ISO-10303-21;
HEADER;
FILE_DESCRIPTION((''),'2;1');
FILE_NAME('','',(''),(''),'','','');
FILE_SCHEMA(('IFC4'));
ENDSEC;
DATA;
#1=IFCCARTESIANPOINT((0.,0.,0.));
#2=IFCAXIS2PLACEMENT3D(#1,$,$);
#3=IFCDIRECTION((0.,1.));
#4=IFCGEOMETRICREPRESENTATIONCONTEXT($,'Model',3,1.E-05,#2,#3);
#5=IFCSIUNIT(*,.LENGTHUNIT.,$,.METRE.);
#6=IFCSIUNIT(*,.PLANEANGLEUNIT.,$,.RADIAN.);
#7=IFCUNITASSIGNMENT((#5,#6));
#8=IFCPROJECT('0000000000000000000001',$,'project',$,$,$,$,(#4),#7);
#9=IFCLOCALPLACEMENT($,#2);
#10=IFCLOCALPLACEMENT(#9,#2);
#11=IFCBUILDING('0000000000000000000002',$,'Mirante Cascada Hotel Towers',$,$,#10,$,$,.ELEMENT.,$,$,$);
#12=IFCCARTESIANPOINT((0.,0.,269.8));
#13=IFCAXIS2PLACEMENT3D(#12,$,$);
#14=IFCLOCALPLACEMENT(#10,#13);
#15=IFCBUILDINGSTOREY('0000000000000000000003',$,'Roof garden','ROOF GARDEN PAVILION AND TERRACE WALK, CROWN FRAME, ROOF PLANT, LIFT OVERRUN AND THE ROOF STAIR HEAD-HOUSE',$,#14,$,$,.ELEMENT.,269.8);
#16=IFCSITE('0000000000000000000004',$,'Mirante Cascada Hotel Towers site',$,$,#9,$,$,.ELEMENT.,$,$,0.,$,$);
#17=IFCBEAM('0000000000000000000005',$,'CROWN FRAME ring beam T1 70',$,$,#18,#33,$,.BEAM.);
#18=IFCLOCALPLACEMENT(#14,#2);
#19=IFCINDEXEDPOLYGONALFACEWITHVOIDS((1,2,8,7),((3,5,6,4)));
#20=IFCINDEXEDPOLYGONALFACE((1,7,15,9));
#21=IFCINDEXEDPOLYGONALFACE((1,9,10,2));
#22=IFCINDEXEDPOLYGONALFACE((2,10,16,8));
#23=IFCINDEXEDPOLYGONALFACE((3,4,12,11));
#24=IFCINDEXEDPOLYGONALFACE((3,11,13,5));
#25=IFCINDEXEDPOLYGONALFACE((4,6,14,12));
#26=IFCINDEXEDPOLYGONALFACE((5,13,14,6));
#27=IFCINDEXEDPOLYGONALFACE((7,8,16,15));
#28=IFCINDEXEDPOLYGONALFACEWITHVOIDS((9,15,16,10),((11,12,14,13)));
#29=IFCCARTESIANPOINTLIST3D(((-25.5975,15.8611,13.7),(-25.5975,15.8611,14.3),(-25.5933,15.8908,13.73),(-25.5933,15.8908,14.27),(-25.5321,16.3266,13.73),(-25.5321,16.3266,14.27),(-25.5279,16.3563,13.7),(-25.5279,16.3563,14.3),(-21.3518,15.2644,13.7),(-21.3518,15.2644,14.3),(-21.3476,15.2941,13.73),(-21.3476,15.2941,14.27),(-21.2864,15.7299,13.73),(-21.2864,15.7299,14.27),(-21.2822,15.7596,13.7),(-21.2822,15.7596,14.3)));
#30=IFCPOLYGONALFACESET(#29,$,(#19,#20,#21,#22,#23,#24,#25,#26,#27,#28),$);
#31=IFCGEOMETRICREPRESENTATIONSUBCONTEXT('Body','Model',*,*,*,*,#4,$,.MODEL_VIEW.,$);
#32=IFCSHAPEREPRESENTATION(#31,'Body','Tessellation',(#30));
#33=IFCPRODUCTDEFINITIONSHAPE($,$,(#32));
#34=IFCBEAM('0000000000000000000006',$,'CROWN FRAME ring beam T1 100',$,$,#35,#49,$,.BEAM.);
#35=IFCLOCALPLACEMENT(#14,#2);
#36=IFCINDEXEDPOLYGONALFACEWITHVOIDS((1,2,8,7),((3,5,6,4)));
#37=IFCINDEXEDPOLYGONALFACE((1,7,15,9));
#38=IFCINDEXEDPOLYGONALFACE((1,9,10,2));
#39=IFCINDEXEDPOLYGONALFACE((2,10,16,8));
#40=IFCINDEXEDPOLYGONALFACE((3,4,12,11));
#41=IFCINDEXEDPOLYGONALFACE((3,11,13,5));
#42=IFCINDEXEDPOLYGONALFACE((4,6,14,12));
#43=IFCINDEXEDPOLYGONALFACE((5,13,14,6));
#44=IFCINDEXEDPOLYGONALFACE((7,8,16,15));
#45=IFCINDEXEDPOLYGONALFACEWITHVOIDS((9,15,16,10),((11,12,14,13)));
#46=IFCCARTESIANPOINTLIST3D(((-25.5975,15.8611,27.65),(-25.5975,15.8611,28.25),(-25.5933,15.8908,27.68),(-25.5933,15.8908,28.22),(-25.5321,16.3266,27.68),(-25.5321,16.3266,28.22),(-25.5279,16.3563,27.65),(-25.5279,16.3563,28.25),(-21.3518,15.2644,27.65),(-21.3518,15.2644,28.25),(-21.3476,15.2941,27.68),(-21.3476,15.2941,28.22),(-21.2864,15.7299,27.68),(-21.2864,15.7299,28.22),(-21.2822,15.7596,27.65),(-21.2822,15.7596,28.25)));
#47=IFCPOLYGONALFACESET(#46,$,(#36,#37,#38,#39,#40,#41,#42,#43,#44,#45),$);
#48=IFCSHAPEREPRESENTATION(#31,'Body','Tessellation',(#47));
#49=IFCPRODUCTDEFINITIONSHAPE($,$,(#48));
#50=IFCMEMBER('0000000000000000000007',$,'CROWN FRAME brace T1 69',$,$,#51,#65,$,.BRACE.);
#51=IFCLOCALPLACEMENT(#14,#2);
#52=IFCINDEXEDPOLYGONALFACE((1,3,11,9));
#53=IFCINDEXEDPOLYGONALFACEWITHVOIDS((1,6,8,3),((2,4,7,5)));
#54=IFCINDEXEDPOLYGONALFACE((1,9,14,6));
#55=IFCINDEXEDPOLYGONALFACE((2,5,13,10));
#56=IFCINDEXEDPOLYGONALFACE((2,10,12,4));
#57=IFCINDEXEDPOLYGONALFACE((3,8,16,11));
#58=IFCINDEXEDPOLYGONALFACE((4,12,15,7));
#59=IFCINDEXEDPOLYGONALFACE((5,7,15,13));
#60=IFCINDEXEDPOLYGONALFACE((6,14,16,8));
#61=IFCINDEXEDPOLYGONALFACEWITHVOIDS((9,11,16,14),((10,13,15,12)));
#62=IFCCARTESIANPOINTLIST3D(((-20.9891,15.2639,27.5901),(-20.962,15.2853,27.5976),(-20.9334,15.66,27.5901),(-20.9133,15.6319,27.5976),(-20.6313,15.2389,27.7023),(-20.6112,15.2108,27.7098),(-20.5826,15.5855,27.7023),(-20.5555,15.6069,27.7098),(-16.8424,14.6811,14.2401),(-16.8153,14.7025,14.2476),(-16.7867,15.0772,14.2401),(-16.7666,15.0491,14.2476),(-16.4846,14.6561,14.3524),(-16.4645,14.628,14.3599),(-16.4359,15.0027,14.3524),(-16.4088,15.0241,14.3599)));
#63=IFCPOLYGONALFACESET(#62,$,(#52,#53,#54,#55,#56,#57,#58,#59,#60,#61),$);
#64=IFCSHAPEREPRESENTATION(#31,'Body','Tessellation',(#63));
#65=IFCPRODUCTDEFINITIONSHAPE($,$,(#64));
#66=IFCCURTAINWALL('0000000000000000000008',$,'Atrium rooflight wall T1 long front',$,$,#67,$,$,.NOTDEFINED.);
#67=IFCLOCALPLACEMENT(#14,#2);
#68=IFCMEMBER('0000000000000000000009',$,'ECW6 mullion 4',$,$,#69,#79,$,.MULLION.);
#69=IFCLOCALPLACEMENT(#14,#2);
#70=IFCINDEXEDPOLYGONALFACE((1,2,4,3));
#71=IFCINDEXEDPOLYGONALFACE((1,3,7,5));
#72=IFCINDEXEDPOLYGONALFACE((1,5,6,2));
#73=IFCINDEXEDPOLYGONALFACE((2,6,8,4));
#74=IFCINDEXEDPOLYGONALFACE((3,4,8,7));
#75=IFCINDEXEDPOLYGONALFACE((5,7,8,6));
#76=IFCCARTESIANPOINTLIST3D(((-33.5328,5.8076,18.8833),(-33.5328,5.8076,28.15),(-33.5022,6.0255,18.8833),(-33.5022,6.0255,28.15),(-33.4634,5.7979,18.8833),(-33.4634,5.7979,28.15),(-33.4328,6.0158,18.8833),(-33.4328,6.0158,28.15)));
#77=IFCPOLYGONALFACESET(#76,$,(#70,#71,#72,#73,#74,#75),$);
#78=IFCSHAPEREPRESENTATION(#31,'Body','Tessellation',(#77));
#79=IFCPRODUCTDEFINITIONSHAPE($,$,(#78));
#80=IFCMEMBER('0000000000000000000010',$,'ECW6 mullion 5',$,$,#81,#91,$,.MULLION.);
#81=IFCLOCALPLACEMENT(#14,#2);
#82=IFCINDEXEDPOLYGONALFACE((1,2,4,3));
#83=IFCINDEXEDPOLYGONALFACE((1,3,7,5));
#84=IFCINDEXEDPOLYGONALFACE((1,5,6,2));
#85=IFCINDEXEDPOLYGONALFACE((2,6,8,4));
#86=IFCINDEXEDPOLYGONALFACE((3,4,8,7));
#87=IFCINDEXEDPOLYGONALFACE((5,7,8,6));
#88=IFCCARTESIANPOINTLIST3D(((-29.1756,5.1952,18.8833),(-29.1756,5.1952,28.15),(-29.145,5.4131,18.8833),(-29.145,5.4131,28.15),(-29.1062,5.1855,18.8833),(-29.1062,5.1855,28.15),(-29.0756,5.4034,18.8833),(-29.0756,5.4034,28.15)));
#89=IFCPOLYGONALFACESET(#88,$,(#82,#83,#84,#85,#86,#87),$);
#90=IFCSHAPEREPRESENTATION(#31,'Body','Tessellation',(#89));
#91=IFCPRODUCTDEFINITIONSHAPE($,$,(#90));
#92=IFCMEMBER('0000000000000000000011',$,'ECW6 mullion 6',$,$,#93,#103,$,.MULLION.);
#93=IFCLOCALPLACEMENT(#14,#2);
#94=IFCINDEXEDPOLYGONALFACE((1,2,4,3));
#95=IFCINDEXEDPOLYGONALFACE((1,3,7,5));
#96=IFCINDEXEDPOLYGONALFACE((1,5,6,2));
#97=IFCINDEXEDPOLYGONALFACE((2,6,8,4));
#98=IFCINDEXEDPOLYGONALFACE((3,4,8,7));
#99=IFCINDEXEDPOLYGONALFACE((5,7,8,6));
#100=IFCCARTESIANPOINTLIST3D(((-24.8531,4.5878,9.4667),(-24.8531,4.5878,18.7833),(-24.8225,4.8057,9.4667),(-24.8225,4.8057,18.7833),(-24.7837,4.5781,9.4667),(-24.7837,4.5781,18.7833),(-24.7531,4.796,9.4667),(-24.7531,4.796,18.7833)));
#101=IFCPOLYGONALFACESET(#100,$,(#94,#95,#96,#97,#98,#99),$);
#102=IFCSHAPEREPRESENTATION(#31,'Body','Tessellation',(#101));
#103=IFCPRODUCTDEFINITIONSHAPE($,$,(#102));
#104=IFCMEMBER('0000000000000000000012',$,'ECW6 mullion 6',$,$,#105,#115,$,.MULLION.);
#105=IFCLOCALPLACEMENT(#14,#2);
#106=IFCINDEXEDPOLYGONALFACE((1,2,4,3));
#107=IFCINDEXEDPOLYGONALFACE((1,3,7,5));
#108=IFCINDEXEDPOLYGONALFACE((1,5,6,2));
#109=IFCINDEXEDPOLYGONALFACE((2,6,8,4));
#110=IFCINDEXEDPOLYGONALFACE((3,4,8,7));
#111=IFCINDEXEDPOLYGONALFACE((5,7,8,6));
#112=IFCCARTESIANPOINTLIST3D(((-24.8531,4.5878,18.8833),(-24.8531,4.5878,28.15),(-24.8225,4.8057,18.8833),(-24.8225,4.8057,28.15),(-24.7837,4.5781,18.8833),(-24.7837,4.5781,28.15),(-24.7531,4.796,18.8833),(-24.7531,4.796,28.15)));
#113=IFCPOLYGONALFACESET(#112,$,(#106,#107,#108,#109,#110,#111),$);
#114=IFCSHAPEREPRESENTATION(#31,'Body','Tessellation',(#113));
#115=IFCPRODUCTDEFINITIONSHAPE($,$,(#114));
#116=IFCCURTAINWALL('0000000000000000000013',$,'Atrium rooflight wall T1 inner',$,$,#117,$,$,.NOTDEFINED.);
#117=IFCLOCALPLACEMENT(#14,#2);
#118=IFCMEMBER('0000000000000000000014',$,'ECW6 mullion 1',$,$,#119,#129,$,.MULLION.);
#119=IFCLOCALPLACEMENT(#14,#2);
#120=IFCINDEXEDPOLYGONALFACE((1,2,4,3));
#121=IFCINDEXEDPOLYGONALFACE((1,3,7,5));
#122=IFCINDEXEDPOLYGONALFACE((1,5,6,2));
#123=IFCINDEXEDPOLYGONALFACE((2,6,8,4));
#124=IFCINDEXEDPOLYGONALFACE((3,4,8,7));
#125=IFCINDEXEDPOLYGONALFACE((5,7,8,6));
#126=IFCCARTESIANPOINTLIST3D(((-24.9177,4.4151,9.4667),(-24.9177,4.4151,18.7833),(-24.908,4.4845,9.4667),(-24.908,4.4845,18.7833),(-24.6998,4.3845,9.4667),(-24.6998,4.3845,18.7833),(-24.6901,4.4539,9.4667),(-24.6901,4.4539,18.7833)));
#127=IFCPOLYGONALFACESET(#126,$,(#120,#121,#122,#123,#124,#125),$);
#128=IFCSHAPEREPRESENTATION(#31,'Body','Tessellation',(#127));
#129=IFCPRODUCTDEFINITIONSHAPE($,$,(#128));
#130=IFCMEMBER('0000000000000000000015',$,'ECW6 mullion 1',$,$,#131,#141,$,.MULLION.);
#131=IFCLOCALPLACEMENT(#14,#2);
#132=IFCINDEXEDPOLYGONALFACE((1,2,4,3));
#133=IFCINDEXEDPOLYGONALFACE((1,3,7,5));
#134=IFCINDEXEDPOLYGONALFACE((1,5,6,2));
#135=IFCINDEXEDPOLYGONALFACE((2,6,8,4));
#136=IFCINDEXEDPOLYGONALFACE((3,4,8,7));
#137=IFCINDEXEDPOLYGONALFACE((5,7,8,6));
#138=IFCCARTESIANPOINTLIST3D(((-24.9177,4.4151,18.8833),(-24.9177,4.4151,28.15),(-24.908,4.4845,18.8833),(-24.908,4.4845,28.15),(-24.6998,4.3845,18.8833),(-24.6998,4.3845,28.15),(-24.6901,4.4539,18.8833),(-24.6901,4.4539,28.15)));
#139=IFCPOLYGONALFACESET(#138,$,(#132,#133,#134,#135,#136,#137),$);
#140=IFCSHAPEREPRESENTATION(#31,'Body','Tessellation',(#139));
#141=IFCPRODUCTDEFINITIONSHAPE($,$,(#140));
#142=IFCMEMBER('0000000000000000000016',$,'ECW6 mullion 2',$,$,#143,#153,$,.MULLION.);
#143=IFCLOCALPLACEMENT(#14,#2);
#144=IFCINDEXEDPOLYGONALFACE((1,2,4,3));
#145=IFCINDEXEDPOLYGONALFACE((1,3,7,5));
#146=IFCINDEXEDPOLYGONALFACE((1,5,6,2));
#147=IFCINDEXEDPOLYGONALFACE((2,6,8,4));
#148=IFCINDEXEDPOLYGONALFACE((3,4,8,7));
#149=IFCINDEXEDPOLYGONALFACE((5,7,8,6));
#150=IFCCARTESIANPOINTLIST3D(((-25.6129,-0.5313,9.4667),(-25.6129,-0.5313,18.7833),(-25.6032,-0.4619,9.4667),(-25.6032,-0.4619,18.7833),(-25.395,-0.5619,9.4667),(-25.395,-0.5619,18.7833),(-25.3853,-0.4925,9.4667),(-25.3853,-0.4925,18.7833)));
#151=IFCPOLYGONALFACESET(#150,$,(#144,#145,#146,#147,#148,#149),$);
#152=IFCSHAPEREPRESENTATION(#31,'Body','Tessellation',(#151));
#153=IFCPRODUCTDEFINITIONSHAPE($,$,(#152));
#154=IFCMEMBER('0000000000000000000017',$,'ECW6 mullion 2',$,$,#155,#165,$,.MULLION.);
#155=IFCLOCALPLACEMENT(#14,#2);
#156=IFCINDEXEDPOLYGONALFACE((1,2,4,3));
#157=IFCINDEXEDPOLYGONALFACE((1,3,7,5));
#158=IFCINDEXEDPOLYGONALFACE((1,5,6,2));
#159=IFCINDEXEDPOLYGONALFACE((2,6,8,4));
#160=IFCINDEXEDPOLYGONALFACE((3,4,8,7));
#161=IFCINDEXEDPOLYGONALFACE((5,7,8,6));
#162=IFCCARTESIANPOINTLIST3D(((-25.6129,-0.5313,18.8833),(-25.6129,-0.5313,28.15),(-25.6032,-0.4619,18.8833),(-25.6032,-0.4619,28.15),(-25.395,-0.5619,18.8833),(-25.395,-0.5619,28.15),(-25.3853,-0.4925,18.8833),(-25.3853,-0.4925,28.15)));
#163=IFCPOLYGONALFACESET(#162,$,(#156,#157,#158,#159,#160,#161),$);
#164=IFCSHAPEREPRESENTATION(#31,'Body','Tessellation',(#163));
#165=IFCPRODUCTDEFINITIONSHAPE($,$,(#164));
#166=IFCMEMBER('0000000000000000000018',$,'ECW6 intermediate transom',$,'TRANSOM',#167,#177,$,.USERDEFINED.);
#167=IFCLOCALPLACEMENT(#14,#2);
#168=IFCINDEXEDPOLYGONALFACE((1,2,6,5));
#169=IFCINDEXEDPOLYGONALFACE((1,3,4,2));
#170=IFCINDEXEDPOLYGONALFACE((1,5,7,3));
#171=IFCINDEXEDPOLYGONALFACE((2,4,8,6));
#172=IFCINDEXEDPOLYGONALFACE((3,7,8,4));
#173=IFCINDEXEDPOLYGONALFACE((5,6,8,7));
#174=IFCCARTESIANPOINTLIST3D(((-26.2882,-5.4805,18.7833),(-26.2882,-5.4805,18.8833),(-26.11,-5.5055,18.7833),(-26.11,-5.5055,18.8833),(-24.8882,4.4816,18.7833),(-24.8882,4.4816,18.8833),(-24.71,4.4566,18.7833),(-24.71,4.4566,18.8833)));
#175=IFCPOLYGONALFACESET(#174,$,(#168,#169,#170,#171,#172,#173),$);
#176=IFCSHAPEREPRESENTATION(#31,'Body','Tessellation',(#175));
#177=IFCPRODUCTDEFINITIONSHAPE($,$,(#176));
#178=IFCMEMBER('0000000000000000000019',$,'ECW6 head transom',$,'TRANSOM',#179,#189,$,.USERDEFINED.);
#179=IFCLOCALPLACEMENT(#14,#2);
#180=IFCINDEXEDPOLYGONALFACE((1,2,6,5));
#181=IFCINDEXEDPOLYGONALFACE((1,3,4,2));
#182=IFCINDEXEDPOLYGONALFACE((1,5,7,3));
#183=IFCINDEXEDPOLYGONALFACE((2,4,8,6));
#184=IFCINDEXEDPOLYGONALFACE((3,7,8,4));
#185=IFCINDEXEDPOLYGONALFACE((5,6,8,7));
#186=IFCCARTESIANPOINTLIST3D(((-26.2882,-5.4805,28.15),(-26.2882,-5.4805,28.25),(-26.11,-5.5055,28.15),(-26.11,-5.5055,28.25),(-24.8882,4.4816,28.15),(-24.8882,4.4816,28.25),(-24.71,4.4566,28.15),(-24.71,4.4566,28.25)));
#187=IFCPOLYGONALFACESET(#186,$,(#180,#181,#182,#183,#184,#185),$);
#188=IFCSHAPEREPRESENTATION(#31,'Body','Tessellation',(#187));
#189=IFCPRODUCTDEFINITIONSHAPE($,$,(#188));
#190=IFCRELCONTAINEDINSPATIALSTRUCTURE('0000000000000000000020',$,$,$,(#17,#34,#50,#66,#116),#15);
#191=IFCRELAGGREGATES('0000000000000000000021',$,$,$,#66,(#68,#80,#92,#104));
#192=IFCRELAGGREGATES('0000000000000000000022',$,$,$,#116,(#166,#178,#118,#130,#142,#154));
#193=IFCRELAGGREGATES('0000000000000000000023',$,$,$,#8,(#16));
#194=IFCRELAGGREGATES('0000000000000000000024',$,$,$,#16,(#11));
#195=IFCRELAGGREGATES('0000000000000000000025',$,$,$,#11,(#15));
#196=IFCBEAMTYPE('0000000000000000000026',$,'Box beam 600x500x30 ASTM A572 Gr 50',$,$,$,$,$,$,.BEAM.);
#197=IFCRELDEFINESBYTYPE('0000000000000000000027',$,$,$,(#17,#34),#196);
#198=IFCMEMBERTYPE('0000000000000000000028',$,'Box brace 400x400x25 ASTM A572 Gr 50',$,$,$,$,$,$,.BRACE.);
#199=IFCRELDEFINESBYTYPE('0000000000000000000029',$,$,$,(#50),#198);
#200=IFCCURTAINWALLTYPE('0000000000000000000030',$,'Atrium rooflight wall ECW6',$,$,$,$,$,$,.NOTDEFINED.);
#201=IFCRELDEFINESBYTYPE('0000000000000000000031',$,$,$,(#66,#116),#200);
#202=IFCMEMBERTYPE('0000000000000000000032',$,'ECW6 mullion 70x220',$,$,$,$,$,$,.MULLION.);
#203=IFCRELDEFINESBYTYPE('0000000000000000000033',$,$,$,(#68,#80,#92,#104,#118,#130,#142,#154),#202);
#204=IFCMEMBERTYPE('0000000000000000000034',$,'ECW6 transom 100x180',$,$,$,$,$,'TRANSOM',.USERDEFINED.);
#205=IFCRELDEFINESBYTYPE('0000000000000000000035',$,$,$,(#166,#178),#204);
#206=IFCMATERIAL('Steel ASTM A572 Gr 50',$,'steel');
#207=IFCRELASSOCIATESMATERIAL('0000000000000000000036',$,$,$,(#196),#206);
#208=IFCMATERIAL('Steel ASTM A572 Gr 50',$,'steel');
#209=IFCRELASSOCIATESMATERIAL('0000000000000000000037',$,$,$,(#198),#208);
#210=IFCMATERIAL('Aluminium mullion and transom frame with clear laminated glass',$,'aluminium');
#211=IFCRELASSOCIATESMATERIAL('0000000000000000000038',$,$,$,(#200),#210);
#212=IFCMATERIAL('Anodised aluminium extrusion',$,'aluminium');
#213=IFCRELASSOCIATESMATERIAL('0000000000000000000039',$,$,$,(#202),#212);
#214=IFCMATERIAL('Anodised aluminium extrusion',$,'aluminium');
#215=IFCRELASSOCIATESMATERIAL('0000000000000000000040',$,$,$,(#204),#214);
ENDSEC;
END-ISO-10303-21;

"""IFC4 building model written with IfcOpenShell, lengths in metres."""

from ifc_helpers import new_model, si_unit, direction, frame, origin, origin_2d, place, context, subcontext, project, spatial, rectangle, hollow_rectangle, extrude, material, material_profile, profile_set, type_object, element, aggregate, save


model = new_model("IFC4")

# Units and contexts
model_context = context("Model", 3, precision=1e-05, world=origin(), true_north=direction((0.0, 1.0)))
body_context = subcontext(model_context, "Body", "Model", "MODEL_VIEW")
ifc_project = project(units=[si_unit("LENGTHUNIT", "METRE"), si_unit("PLANEANGLEUNIT", "RADIAN")], contexts=[model_context])

# Site, building, storey
site_placement = place(None, origin())
site = spatial("IfcSite", under=ifc_project, at=site_placement, Name="Mirante Cascada Hotel Towers site", CompositionType="ELEMENT", RefElevation=0.0)
building_placement = place(site_placement, origin())
building = spatial("IfcBuilding", under=site, at=building_placement, Name="Mirante Cascada Hotel Towers", CompositionType="ELEMENT")
storey_placement = place(building_placement, frame((0.0, 0.0, 269.8)))
storey = spatial("IfcBuildingStorey", under=building, at=storey_placement, Name="Roof garden", Description="ROOF GARDEN PAVILION AND TERRACE WALK, CROWN FRAME, ROOF PLANT, LIFT OVERRUN AND THE ROOF STAIR HEAD-HOUSE", CompositionType="ELEMENT", Elevation=269.8)

# Beams
ifc_material_1 = material(Name="Steel ASTM A572 Gr 50", Category="steel")
ifc_material_profile_1 = material_profile(ifc_material_1, hollow_rectangle(XDim=0.5, YDim=0.6, WallThickness=0.03, at=origin_2d()), Name="Box beam 600x500x30 ASTM A572 Gr 50")
ifc_profile_set_1 = profile_set([ifc_material_profile_1], Name="Steel ASTM A572 Gr 50")
beam_type = type_object("IfcBeamType", Name="Box beam 600x500x30 ASTM A572 Gr 50", PredefinedType="BEAM", material=ifc_profile_set_1)
for number, where, z_axis, x_axis, name in (
    (1, (-21.317, 15.512, 14.0), (-0.990268, 0.139174, 0.0), (-0.139174, -0.990268, 0.0), "CROWN FRAME ring beam T1 70"),
    (2, (-21.317, 15.512, 27.95), (-0.990268, 0.139174, 0.0), (-0.139174, -0.990268, 0.0), "CROWN FRAME ring beam T1 100"),
):
    element("IfcBeam", number, at=place(storey_placement, frame(where, z_axis=z_axis, x_axis=x_axis)), inside=storey, type_object=beam_type, Name=name, PredefinedType="BEAM", context=body_context, shape_type="SweptSolid", body=[
        extrude(hollow_rectangle(XDim=0.5, YDim=0.6, WallThickness=0.03, at=origin_2d()), origin(), (0.0, 0.0, 1.0), 4.2874),
    ])

# Member
ifc_material_2 = material(Name="Steel ASTM A572 Gr 50", Category="steel")
ifc_material_profile_2 = material_profile(ifc_material_2, hollow_rectangle(XDim=0.4, YDim=0.4, WallThickness=0.025, at=origin_2d()), Name="Box brace 400x400x25 ASTM A572 Gr 50")
ifc_profile_set_2 = profile_set([ifc_material_profile_2], Name="Steel ASTM A572 Gr 50")
member_type_1 = type_object("IfcMemberType", Name="Box brace 400x400x25 ASTM A572 Gr 50", PredefinedType="BRACE", material=ifc_profile_set_2)
member_1_placement = place(storey_placement, frame((-16.6256, 14.8526, 14.3), z_axis=(-0.296376, 0.041654, 0.954162), x_axis=(-0.139178, -0.990267, 0.0)))
element("IfcMember", 3, at=member_1_placement, inside=storey, type_object=member_type_1, Name="CROWN FRAME brace T1 69", PredefinedType="BRACE", context=body_context, shape_type="SweptSolid", body=[
    extrude(hollow_rectangle(XDim=0.4, YDim=0.4, WallThickness=0.025, at=origin_2d()), origin(), (0.0, 0.0, 1.0), 13.9913),
])

# Curtain walls, members
ifc_material_3 = material(Name="Aluminium mullion and transom frame with clear laminated glass", Category="aluminium")
curtain_wall_type = type_object("IfcCurtainWallType", Name="Atrium rooflight wall ECW6", PredefinedType="NOTDEFINED", material=ifc_material_3)
curtain_wall_1_placement = place(storey_placement, origin())
curtain_wall_1 = element("IfcCurtainWall", 4, at=curtain_wall_1_placement, inside=storey, type_object=curtain_wall_type, Name="Atrium rooflight wall T1 long front", PredefinedType="NOTDEFINED")
ifc_material_4 = material(Name="Anodised aluminium extrusion", Category="aluminium")
ifc_material_profile_3 = material_profile(ifc_material_4, rectangle(XDim=0.22, YDim=0.07, at=origin_2d()), Name="ECW6 MULLION 70x220")
ifc_profile_set_3 = profile_set([ifc_material_profile_3], Name="Anodised aluminium extrusion")
member_type_2 = type_object("IfcMemberType", Name="ECW6 mullion 70x220", PredefinedType="MULLION", material=ifc_profile_set_3)
member_2_placement = place(storey_placement, frame((-33.4828, 5.9117, 18.8833), z_axis=(0.0, 0.0, 1.0), x_axis=(0.139173, 0.990268, 0.0)))
member_2 = element("IfcMember", 5, at=member_2_placement, type_object=member_type_2, Name="ECW6 mullion 4", PredefinedType="MULLION", context=body_context, shape_type="SweptSolid", body=[
    extrude(rectangle(XDim=0.22, YDim=0.07, at=origin_2d()), origin(), (0.0, 0.0, 1.0), 9.2667),
])
member_3_placement = place(storey_placement, frame((-29.1256, 5.2993, 18.8833), z_axis=(0.0, 0.0, 1.0), x_axis=(0.139173, 0.990268, 0.0)))
member_3 = element("IfcMember", 6, at=member_3_placement, type_object=member_type_2, Name="ECW6 mullion 5", PredefinedType="MULLION", context=body_context, shape_type="SweptSolid", body=[
    extrude(rectangle(XDim=0.22, YDim=0.07, at=origin_2d()), origin(), (0.0, 0.0, 1.0), 9.2667),
])
member_4_placement = place(storey_placement, frame((-24.8031, 4.6919, 9.4667), z_axis=(0.0, 0.0, 1.0), x_axis=(0.139173, 0.990268, 0.0)))
member_4 = element("IfcMember", 7, at=member_4_placement, type_object=member_type_2, Name="ECW6 mullion 6", PredefinedType="MULLION", context=body_context, shape_type="SweptSolid", body=[
    extrude(rectangle(XDim=0.22, YDim=0.07, at=origin_2d()), origin(), (0.0, 0.0, 1.0), 9.3166),
])
member_5_placement = place(storey_placement, frame((-24.8031, 4.6919, 18.8833), z_axis=(0.0, 0.0, 1.0), x_axis=(0.139173, 0.990268, 0.0)))
member_5 = element("IfcMember", 8, at=member_5_placement, type_object=member_type_2, Name="ECW6 mullion 6", PredefinedType="MULLION", context=body_context, shape_type="SweptSolid", body=[
    extrude(rectangle(XDim=0.22, YDim=0.07, at=origin_2d()), origin(), (0.0, 0.0, 1.0), 9.2667),
])
curtain_wall_2_placement = place(storey_placement, origin())
curtain_wall_2 = element("IfcCurtainWall", 9, at=curtain_wall_2_placement, inside=storey, type_object=curtain_wall_type, Name="Atrium rooflight wall T1 inner", PredefinedType="NOTDEFINED")
member_6_placement = place(storey_placement, frame((-24.8039, 4.4345, 9.4667), z_axis=(0.0, 0.0, 1.0), x_axis=(0.990268, -0.139173, 0.0)))
member_6 = element("IfcMember", 10, at=member_6_placement, type_object=member_type_2, Name="ECW6 mullion 1", PredefinedType="MULLION", context=body_context, shape_type="SweptSolid", body=[
    extrude(rectangle(XDim=0.22, YDim=0.07, at=origin_2d()), origin(), (0.0, 0.0, 1.0), 9.3166),
])
member_7_placement = place(storey_placement, frame((-24.8039, 4.4345, 18.8833), z_axis=(0.0, 0.0, 1.0), x_axis=(0.990268, -0.139173, 0.0)))
member_7 = element("IfcMember", 11, at=member_7_placement, type_object=member_type_2, Name="ECW6 mullion 1", PredefinedType="MULLION", context=body_context, shape_type="SweptSolid", body=[
    extrude(rectangle(XDim=0.22, YDim=0.07, at=origin_2d()), origin(), (0.0, 0.0, 1.0), 9.2667),
])
member_8_placement = place(storey_placement, frame((-25.4991, -0.5119, 9.4667), z_axis=(0.0, 0.0, 1.0), x_axis=(0.990268, -0.139173, 0.0)))
member_8 = element("IfcMember", 12, at=member_8_placement, type_object=member_type_2, Name="ECW6 mullion 2", PredefinedType="MULLION", context=body_context, shape_type="SweptSolid", body=[
    extrude(rectangle(XDim=0.22, YDim=0.07, at=origin_2d()), origin(), (0.0, 0.0, 1.0), 9.3166),
])
member_9_placement = place(storey_placement, frame((-25.4991, -0.5119, 18.8833), z_axis=(0.0, 0.0, 1.0), x_axis=(0.990268, -0.139173, 0.0)))
member_9 = element("IfcMember", 13, at=member_9_placement, type_object=member_type_2, Name="ECW6 mullion 2", PredefinedType="MULLION", context=body_context, shape_type="SweptSolid", body=[
    extrude(rectangle(XDim=0.22, YDim=0.07, at=origin_2d()), origin(), (0.0, 0.0, 1.0), 9.2667),
])
ifc_material_5 = material(Name="Anodised aluminium extrusion", Category="aluminium")
ifc_material_profile_4 = material_profile(ifc_material_5, rectangle(XDim=0.18, YDim=0.1, at=origin_2d()), Name="ECW6 TRANSOM 100x180")
ifc_profile_set_4 = profile_set([ifc_material_profile_4], Name="Anodised aluminium extrusion")
member_type_3 = type_object("IfcMemberType", Name="ECW6 transom 100x180", ElementType="TRANSOM", PredefinedType="USERDEFINED", material=ifc_profile_set_4)
member_10_placement = place(storey_placement, frame((-24.7991, 4.4691, 18.8333), z_axis=(-0.139165, -0.990269, 0.0), x_axis=(0.990269, -0.139165, 0.0)))
member_10 = element("IfcMember", 14, at=member_10_placement, type_object=member_type_3, Name="ECW6 intermediate transom", ObjectType="TRANSOM", PredefinedType="USERDEFINED", context=body_context, shape_type="SweptSolid", body=[
    extrude(rectangle(XDim=0.18, YDim=0.1, at=origin_2d()), origin(), (0.0, 0.0, 1.0), 10.06),
])
member_11_placement = place(storey_placement, frame((-24.7991, 4.4691, 28.2), z_axis=(-0.139165, -0.990269, 0.0), x_axis=(0.990269, -0.139165, 0.0)))
member_11 = element("IfcMember", 15, at=member_11_placement, type_object=member_type_3, Name="ECW6 head transom", ObjectType="TRANSOM", PredefinedType="USERDEFINED", context=body_context, shape_type="SweptSolid", body=[
    extrude(rectangle(XDim=0.18, YDim=0.1, at=origin_2d()), origin(), (0.0, 0.0, 1.0), 10.06),
])

aggregate(curtain_wall_1, [member_2, member_3, member_4, member_5])
aggregate(curtain_wall_2, [member_10, member_11, member_6, member_7, member_8, member_9])

save(model, "model.ifc")
